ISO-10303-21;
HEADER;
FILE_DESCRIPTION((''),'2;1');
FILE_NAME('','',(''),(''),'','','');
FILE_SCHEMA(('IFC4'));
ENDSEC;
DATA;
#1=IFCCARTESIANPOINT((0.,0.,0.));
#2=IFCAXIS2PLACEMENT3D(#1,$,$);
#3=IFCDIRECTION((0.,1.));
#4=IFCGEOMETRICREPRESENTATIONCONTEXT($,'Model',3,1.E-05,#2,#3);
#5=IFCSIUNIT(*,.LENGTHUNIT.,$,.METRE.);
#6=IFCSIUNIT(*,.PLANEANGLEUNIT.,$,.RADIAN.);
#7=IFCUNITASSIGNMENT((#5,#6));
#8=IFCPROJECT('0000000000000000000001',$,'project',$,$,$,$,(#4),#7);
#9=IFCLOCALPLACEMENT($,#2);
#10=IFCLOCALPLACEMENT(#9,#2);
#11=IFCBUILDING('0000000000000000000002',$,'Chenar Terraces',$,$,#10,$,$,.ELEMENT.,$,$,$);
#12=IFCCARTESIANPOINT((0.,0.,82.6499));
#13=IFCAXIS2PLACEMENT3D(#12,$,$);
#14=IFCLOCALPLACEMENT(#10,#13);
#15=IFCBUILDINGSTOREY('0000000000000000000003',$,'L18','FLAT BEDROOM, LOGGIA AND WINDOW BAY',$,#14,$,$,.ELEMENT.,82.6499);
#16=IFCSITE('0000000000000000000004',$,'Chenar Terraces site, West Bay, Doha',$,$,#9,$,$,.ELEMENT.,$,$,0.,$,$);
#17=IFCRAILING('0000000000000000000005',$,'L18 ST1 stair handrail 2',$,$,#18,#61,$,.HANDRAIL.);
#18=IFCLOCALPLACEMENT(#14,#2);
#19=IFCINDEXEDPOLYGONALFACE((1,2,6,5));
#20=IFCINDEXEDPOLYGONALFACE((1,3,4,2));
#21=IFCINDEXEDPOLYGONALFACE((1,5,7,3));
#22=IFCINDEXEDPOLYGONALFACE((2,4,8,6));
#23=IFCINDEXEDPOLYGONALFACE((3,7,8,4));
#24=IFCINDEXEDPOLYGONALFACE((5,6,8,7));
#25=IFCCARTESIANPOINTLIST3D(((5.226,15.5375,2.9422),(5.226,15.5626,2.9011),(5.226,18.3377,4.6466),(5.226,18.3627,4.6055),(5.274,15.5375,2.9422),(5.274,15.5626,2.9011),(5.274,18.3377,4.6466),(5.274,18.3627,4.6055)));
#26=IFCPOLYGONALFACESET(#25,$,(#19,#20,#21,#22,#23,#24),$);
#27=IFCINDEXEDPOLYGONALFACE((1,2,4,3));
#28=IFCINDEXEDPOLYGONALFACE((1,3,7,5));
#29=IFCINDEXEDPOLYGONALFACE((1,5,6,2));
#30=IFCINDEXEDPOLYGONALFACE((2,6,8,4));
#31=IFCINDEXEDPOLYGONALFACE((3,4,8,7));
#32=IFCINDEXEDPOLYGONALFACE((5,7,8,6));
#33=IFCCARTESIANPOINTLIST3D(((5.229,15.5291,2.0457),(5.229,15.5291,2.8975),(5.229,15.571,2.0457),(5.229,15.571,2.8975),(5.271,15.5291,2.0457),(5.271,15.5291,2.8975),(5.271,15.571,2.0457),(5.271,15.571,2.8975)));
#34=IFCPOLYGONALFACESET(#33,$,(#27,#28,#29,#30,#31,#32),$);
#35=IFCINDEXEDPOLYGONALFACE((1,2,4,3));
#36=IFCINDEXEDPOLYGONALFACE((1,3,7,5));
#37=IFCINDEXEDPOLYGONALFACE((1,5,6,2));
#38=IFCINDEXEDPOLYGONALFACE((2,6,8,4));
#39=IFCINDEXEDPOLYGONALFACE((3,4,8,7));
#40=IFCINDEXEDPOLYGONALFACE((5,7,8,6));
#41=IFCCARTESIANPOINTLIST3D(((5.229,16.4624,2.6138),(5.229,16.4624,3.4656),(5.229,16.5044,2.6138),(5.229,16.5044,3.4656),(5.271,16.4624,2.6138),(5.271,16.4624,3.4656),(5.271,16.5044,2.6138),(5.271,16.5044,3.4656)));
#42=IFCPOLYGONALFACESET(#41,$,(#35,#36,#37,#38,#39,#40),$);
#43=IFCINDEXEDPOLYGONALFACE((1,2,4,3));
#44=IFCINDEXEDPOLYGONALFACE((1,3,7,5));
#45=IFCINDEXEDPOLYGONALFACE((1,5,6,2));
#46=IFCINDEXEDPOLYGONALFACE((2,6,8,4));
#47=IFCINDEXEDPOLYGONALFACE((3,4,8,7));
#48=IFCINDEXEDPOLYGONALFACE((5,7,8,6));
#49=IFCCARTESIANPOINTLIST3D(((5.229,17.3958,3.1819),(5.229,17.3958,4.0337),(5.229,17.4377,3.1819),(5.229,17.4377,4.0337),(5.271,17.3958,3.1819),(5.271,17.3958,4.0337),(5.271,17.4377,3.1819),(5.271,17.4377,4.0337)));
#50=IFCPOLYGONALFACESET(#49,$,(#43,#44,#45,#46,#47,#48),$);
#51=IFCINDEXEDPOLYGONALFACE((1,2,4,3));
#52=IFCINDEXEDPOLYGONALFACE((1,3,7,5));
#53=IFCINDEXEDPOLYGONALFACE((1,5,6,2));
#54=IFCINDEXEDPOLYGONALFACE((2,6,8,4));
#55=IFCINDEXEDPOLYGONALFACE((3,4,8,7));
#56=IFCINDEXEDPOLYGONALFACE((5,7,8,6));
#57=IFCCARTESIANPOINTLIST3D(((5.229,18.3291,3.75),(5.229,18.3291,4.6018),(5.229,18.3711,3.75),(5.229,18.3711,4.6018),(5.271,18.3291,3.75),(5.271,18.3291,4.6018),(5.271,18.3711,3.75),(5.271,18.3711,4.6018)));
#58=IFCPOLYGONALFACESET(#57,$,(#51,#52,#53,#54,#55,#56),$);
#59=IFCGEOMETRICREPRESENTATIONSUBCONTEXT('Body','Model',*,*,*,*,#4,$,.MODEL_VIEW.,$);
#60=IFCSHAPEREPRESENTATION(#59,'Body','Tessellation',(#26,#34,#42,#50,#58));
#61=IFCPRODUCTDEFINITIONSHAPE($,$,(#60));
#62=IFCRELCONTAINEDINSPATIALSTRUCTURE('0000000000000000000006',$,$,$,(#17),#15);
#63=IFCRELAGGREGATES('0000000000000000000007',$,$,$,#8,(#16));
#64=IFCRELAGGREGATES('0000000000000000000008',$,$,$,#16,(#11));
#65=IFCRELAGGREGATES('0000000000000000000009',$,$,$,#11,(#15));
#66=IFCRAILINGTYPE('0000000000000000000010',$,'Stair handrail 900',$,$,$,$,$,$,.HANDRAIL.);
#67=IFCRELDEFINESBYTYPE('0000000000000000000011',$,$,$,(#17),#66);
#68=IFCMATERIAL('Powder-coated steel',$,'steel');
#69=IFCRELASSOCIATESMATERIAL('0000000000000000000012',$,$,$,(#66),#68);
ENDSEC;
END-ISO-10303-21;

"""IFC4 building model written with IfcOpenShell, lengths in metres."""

from ifc_helpers import new_model, si_unit, direction, frame, origin, origin_2d, place, context, subcontext, project, spatial, rectangle, extrude, material, type_object, element, save


model = new_model("IFC4")

# Units and contexts
model_context = context("Model", 3, precision=1e-05, world=origin(), true_north=direction((0.0, 1.0)))
body_context = subcontext(model_context, "Body", "Model", "MODEL_VIEW")
ifc_project = project(units=[si_unit("LENGTHUNIT", "METRE"), si_unit("PLANEANGLEUNIT", "RADIAN")], contexts=[model_context])

# Site, building, storey
site_placement = place(None, origin())
site = spatial("IfcSite", under=ifc_project, at=site_placement, Name="Chenar Terraces site, West Bay, Doha", CompositionType="ELEMENT", RefElevation=0.0)
building_placement = place(site_placement, origin())
building = spatial("IfcBuilding", under=site, at=building_placement, Name="Chenar Terraces", CompositionType="ELEMENT")
storey_placement = place(building_placement, frame((0.0, 0.0, 82.6499)))
storey = spatial("IfcBuildingStorey", under=building, at=storey_placement, Name="L18", Description="FLAT BEDROOM, LOGGIA AND WINDOW BAY", CompositionType="ELEMENT", Elevation=82.6499)

# Railing
ifc_material_1 = material(Name="Powder-coated steel", Category="steel")
railing_type_1 = type_object("IfcRailingType", Name="Stair handrail 900", PredefinedType="HANDRAIL", material=ifc_material_1)
railing_1_placement = place(storey_placement, frame((5.25, 15.55, 2.0457)))
element("IfcRailing", 1, at=railing_1_placement, inside=storey, type_object=railing_type_1, Name="L18 ST1 stair handrail 2", PredefinedType="HANDRAIL", context=body_context, shape_type="SweptSolid", body=[
    extrude(rectangle(XDim=0.0481, YDim=0.0481, at=origin_2d()), frame((0.0, 0.0, 0.876), z_axis=(0.0, 0.854203, 0.51994), x_axis=(-1.0, 0.0, 0.0)), (0.0, 0.0, 1.0), 3.2781),
    extrude(rectangle(XDim=0.042, YDim=0.042, at=origin_2d()), origin(), (0.0, 0.0, 1.0), 0.8518),
    extrude(rectangle(XDim=0.042, YDim=0.042, at=origin_2d()), frame((0.0, 0.9333, 0.5681)), (0.0, 0.0, 1.0), 0.8518),
    extrude(rectangle(XDim=0.042, YDim=0.042, at=origin_2d()), frame((0.0, 1.8667, 1.1362)), (0.0, 0.0, 1.0), 0.8518),
    extrude(rectangle(XDim=0.042, YDim=0.042, at=origin_2d()), frame((0.0, 2.8, 1.7043)), (0.0, 0.0, 1.0), 0.8518),
])

save(model, "model.ifc")
